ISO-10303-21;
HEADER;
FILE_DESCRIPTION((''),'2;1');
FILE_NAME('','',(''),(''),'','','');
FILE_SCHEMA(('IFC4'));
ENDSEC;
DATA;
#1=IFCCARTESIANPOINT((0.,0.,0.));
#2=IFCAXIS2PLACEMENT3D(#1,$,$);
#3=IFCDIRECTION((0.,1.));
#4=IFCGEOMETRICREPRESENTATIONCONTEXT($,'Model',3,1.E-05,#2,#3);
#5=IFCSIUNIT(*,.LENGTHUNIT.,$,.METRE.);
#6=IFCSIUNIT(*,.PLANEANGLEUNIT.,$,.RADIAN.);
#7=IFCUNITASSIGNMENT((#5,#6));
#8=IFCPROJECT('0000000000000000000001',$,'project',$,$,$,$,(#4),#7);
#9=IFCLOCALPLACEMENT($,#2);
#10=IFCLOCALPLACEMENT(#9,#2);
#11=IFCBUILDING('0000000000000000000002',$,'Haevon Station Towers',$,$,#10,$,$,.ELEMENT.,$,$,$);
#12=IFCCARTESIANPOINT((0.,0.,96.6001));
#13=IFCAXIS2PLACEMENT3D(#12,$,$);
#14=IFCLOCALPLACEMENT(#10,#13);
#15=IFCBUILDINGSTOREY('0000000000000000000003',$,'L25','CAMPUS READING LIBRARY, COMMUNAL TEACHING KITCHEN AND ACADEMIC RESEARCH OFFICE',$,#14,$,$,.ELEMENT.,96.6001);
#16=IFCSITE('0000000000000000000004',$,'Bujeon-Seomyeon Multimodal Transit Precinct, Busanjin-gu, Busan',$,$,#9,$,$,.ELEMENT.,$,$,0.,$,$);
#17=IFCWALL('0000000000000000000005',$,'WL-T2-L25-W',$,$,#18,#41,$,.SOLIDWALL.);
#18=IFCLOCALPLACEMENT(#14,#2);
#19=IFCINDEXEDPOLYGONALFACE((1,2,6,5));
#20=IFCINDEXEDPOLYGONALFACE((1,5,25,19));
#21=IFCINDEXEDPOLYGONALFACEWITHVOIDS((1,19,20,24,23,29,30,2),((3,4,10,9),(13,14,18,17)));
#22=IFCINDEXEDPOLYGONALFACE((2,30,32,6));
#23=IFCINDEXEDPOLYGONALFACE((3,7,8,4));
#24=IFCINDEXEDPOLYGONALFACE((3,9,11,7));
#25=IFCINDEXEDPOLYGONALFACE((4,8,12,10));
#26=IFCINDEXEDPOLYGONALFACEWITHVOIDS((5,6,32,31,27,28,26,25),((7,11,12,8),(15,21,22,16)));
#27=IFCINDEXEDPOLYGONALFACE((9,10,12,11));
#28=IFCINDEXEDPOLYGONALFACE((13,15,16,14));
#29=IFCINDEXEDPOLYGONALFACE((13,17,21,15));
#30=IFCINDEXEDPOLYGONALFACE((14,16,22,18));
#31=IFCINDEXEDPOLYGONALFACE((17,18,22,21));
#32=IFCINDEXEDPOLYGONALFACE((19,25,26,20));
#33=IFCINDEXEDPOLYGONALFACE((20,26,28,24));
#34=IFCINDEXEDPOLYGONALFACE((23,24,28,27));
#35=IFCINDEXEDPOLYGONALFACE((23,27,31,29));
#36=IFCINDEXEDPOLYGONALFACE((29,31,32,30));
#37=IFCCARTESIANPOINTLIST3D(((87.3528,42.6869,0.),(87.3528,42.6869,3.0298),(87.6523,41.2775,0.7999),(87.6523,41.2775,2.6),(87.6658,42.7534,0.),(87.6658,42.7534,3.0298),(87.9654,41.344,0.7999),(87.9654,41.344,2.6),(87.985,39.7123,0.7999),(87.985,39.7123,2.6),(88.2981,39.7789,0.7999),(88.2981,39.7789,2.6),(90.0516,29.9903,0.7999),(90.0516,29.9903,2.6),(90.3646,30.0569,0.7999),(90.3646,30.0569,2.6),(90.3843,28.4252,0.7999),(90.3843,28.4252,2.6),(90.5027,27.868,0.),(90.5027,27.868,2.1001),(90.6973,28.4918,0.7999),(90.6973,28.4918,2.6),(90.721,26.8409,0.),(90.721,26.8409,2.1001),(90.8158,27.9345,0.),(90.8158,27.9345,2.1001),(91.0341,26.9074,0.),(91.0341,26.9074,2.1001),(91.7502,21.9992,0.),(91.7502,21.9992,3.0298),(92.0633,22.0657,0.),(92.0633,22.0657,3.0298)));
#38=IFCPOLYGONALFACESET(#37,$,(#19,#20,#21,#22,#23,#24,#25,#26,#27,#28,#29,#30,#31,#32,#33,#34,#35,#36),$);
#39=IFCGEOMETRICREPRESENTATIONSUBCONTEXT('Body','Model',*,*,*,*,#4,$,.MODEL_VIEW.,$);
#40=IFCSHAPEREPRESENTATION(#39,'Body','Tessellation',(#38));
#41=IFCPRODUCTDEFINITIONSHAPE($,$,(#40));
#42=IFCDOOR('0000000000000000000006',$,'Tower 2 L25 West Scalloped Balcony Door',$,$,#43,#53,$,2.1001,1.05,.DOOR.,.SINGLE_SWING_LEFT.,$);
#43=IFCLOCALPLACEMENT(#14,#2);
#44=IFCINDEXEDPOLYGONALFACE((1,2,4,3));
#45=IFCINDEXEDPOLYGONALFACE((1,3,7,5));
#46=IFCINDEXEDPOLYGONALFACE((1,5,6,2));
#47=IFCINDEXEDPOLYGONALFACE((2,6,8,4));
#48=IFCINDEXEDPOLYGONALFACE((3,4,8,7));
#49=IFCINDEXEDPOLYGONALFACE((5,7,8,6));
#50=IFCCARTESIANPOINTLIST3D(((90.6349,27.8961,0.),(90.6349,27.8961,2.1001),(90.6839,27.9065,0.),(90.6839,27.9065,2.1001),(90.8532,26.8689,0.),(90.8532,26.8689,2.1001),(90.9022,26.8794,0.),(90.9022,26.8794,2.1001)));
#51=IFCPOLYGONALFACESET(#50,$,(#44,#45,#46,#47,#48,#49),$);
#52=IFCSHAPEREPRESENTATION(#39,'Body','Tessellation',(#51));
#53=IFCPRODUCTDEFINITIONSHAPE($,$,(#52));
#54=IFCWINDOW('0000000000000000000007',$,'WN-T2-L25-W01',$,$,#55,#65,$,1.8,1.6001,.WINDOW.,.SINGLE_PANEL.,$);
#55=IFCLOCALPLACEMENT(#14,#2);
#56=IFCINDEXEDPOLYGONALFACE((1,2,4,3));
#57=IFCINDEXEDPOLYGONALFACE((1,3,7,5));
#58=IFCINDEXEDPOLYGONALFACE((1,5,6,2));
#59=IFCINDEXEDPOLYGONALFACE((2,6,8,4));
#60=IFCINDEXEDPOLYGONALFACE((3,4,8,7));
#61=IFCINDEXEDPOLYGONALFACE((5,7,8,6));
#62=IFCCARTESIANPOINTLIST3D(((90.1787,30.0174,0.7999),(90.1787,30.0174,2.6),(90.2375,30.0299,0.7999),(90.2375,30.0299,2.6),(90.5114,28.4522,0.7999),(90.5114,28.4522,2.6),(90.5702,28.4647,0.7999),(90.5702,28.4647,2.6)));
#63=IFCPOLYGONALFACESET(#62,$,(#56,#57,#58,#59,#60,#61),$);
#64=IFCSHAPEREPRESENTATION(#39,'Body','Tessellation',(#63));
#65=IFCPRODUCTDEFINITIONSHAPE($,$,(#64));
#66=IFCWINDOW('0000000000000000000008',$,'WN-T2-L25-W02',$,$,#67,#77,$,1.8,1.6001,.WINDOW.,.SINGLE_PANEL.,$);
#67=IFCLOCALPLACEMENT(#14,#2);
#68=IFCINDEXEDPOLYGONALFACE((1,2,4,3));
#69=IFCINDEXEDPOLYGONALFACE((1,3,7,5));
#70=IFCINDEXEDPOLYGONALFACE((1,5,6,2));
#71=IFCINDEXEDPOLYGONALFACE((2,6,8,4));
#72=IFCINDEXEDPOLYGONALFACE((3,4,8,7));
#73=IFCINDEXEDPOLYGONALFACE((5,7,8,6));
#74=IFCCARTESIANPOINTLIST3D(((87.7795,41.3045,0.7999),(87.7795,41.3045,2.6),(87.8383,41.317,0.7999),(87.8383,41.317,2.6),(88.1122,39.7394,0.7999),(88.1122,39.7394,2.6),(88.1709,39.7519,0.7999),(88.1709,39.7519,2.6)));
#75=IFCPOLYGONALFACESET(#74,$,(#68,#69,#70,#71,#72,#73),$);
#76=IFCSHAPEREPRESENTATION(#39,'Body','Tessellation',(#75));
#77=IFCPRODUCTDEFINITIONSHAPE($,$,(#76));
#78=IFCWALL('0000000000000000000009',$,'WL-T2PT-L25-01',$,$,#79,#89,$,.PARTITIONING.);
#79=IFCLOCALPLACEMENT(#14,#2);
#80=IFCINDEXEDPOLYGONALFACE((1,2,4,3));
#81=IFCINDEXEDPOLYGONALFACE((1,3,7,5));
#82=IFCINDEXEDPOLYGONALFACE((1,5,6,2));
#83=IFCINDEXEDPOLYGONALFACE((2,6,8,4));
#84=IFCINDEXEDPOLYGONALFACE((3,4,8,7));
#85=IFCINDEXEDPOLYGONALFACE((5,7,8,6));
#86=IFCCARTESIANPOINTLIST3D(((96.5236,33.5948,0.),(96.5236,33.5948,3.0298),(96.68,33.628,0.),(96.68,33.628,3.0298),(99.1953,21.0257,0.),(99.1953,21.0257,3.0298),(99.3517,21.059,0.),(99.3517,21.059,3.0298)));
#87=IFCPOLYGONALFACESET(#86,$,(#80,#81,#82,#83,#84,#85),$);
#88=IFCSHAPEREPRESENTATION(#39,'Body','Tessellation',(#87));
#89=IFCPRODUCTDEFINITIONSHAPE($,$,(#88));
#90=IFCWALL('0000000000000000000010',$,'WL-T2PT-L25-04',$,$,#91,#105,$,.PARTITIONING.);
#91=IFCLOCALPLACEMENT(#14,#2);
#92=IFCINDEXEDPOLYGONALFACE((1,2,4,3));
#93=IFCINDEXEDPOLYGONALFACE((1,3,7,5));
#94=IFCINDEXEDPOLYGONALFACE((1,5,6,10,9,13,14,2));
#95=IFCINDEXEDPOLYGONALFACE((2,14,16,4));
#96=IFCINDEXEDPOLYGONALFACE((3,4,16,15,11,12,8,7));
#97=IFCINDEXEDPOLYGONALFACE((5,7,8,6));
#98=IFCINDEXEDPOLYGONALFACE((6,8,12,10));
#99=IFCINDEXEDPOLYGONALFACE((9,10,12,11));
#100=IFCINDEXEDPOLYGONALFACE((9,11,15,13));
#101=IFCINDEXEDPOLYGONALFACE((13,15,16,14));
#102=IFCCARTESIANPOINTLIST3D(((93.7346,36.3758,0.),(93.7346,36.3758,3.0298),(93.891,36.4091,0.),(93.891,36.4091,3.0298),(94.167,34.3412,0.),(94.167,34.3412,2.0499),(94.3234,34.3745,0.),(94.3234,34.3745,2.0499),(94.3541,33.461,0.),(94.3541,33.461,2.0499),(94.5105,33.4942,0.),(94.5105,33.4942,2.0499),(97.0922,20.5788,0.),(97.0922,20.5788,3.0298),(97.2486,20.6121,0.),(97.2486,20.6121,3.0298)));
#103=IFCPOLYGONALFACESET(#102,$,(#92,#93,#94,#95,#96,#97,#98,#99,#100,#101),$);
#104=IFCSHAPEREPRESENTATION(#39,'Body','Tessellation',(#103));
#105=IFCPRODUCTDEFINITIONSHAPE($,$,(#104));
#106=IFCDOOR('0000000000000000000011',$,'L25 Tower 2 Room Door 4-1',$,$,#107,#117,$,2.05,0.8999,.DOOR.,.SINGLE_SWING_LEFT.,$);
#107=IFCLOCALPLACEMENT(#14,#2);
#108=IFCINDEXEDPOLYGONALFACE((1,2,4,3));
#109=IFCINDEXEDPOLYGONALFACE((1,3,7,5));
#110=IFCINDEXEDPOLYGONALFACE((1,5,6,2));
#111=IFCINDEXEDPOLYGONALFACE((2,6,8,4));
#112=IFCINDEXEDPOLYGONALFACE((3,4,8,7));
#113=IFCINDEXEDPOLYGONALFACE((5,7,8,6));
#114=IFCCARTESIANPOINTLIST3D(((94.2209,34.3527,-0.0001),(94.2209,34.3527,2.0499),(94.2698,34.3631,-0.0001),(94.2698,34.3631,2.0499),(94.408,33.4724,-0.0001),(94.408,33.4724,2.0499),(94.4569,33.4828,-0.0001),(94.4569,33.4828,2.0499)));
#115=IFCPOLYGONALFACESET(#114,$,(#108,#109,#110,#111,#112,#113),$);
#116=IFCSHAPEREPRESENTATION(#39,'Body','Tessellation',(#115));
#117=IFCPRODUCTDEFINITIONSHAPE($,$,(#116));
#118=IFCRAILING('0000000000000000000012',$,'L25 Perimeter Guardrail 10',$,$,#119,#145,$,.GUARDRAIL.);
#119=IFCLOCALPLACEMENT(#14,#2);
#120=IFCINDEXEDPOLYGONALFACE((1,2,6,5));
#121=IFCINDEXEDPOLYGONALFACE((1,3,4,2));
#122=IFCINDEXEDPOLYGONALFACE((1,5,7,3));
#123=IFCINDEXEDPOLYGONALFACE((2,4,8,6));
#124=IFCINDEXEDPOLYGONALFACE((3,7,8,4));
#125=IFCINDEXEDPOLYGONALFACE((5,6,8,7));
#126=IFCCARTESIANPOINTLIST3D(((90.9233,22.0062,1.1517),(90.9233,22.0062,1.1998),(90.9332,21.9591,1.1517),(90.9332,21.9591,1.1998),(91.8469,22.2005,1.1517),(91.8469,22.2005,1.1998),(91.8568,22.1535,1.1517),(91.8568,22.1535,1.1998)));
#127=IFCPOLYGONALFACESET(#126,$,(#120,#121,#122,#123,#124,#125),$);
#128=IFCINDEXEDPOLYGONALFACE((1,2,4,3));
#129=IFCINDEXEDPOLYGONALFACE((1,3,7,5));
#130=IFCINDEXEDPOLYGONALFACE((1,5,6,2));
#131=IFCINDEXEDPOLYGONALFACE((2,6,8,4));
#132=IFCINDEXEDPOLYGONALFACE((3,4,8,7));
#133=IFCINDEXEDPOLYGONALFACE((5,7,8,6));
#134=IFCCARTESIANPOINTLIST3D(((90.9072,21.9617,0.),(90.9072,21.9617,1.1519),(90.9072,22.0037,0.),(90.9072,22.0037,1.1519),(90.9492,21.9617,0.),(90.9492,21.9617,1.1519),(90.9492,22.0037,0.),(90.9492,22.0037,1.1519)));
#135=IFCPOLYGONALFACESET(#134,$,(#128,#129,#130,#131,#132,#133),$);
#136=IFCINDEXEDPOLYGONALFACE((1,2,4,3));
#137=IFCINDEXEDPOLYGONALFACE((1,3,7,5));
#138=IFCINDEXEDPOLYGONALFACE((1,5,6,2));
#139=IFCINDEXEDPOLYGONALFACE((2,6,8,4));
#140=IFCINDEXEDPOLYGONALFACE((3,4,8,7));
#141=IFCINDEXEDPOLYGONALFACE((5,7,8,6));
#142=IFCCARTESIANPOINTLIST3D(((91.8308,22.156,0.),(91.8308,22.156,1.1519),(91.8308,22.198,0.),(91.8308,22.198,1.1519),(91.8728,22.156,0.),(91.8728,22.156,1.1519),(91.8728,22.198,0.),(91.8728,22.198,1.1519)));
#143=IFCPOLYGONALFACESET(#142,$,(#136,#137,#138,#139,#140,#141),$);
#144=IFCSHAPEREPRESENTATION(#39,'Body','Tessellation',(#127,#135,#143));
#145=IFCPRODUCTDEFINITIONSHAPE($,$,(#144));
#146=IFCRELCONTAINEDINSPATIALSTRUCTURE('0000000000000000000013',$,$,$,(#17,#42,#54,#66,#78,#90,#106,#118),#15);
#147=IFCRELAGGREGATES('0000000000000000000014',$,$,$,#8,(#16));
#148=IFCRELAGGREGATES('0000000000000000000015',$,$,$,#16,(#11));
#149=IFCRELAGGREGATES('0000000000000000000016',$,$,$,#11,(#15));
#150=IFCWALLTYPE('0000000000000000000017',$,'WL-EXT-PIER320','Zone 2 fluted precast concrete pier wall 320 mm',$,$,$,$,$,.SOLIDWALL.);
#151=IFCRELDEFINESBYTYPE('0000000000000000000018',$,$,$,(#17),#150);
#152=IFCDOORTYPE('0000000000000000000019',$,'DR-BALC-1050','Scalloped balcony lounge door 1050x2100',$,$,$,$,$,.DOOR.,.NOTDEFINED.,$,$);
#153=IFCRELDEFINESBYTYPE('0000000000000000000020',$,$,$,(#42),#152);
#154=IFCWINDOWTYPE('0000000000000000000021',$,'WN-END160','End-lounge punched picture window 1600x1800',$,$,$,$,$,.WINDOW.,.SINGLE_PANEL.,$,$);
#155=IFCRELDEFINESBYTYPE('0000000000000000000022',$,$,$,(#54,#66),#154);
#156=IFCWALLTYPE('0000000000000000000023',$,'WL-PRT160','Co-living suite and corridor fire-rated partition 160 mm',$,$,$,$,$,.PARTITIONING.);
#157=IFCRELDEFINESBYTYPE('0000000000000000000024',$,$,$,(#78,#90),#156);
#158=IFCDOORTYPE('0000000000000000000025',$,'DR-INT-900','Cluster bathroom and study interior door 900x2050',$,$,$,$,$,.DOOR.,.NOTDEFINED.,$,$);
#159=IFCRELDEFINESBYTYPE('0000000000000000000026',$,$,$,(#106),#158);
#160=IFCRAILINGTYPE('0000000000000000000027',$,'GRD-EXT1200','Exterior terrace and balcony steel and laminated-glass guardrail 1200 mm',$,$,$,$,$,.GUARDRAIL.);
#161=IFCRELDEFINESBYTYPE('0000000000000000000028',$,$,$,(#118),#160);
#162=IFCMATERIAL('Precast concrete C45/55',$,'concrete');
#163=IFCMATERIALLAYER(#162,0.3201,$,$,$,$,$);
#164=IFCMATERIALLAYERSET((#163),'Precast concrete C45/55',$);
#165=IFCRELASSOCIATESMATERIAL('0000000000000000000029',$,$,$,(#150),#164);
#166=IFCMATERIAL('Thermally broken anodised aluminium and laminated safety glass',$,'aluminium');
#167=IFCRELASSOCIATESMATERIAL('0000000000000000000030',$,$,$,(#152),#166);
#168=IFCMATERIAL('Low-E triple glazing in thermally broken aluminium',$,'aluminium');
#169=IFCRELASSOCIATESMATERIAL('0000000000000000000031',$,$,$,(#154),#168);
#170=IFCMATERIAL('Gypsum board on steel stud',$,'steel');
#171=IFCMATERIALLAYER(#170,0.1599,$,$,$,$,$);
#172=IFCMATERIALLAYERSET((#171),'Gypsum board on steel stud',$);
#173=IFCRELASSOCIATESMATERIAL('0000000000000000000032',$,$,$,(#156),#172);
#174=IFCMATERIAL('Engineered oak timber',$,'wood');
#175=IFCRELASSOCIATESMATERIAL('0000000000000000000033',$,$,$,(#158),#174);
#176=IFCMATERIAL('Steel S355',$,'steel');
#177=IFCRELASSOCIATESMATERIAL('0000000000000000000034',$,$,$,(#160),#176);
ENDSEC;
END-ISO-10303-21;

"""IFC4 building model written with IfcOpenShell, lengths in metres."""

from ifc_helpers import new_model, si_unit, direction, frame, frame_2d, origin, origin_2d, place, context, subcontext, project, spatial, rectangle, extrude, material, layer, layer_set, type_object, element, fill, save


model = new_model("IFC4")

# Units and contexts
model_context = context("Model", 3, precision=1e-05, world=origin(), true_north=direction((0.0, 1.0)))
body_context = subcontext(model_context, "Body", "Model", "MODEL_VIEW")
ifc_project = project(units=[si_unit("LENGTHUNIT", "METRE"), si_unit("PLANEANGLEUNIT", "RADIAN")], contexts=[model_context])

# Site, building, storey
site_placement = place(None, origin())
site = spatial("IfcSite", under=ifc_project, at=site_placement, Name="Bujeon-Seomyeon Multimodal Transit Precinct, Busanjin-gu, Busan", CompositionType="ELEMENT", RefElevation=0.0)
building_placement = place(site_placement, origin())
building = spatial("IfcBuilding", under=site, at=building_placement, Name="Haevon Station Towers", CompositionType="ELEMENT")
storey_placement = place(building_placement, frame((0.0, 0.0, 96.6001)))
storey = spatial("IfcBuildingStorey", under=building, at=storey_placement, Name="L25", Description="CAMPUS READING LIBRARY, COMMUNAL TEACHING KITCHEN AND ACADEMIC RESEARCH OFFICE", CompositionType="ELEMENT", Elevation=96.6001)

# Shared definitions
ifc_material_1 = material(Name="Steel S355", Category="steel")

# Shared definitions
ifc_material_2 = material(Name="Precast concrete C45/55", Category="concrete")
ifc_layer_1 = layer(ifc_material_2, 0.3201)
ifc_layer_set_1 = layer_set([ifc_layer_1], Name="Precast concrete C45/55")
wall_type_1 = type_object("IfcWallType", Name="WL-EXT-PIER320", Description="Zone 2 fluted precast concrete pier wall 320 mm", PredefinedType="SOLIDWALL", material=ifc_layer_set_1)

# Wall, openings, door, windows
wall_1_placement = place(storey_placement, frame((91.9067, 22.0325, 0.0), z_axis=(0.0, 0.0, 1.0), x_axis=(-0.207918, 0.978146, 0.0)))
wall_1 = element("IfcWall", 1, at=wall_1_placement, inside=storey, type_object=wall_type_1, Name="WL-T2-L25-W", PredefinedType="SOLIDWALL", context=body_context, shape_type="SweptSolid", body=[
    extrude(rectangle(XDim=21.1499, YDim=0.3201, at=frame_2d((10.575, 0.0))), origin(), (0.0, 0.0, 1.0), 3.0298),
])
opening_1_placement = place(wall_1_placement, frame((4.95, 0.0, 0.0)))
opening_1 = element("IfcOpeningElement", 2, at=opening_1_placement, cuts=wall_1, PredefinedType="OPENING", context=body_context, shape_type="SweptSolid", body=[
    extrude(rectangle(XDim=1.05, YDim=2.1001, at=frame_2d((0.5249, 1.05))), frame((0.0, 0.1699, 0.0), z_axis=(0.0, -1.0, 0.0), x_axis=(1.0, 0.0, 0.0)), (0.0, 0.0, 1.0), 0.3401),
])
opening_2_placement = place(wall_1_placement, frame((6.5696, 0.0, 0.8)))
opening_2 = element("IfcOpeningElement", 3, at=opening_2_placement, cuts=wall_1, PredefinedType="OPENING", context=body_context, shape_type="SweptSolid", body=[
    extrude(rectangle(XDim=1.6001, YDim=1.8, at=frame_2d((0.8, 0.8999))), frame((0.0, 0.1699, 0.0), z_axis=(0.0, -1.0, 0.0), x_axis=(1.0, 0.0, 0.0)), (0.0, 0.0, 1.0), 0.3401),
])
opening_3_placement = place(wall_1_placement, frame((18.1089, 0.0, 0.8)))
opening_3 = element("IfcOpeningElement", 4, at=opening_3_placement, cuts=wall_1, PredefinedType="OPENING", context=body_context, shape_type="SweptSolid", body=[
    extrude(rectangle(XDim=1.6001, YDim=1.8, at=frame_2d((0.8, 0.8999))), frame((0.0, 0.1699, 0.0), z_axis=(0.0, -1.0, 0.0), x_axis=(1.0, 0.0, 0.0)), (0.0, 0.0, 1.0), 0.3401),
])
ifc_material_3 = material(Name="Thermally broken anodised aluminium and laminated safety glass", Category="aluminium")
door_type_1 = type_object("IfcDoorType", Name="DR-BALC-1050", Description="Scalloped balcony lounge door 1050x2100", OperationType="NOTDEFINED", PredefinedType="DOOR", material=ifc_material_3)
door_1_placement = place(opening_1_placement, origin())
door_1 = element("IfcDoor", 5, at=door_1_placement, inside=storey, type_object=door_type_1, Name="Tower 2 L25 West Scalloped Balcony Door", OperationType="SINGLE_SWING_LEFT", OverallHeight=2.1001, OverallWidth=1.05, PredefinedType="DOOR", context=body_context, shape_type="SweptSolid", body=[
    extrude(rectangle(XDim=1.05, YDim=2.1001, at=frame_2d((0.5249, 1.05))), frame((0.0, 0.0249, 0.0), z_axis=(0.0, -1.0, 0.0), x_axis=(1.0, 0.0, 0.0)), (0.0, 0.0, 1.0), 0.05),
])
fill(opening_1, door_1)
ifc_material_4 = material(Name="Low-E triple glazing in thermally broken aluminium", Category="aluminium")
window_type = type_object("IfcWindowType", Name="WN-END160", Description="End-lounge punched picture window 1600x1800", PartitioningType="SINGLE_PANEL", PredefinedType="WINDOW", material=ifc_material_4)
window_1_placement = place(opening_2_placement, origin())
window_1 = element("IfcWindow", 6, at=window_1_placement, inside=storey, type_object=window_type, Name="WN-T2-L25-W01", OverallHeight=1.8, OverallWidth=1.6001, PartitioningType="SINGLE_PANEL", PredefinedType="WINDOW", context=body_context, shape_type="SweptSolid", body=[
    extrude(rectangle(XDim=1.6001, YDim=1.8, at=frame_2d((0.8, 0.8999))), frame((0.0, 0.03, 0.0), z_axis=(0.0, -1.0, 0.0), x_axis=(1.0, 0.0, 0.0)), (0.0, 0.0, 1.0), 0.0601),
])
fill(opening_2, window_1)
window_2_placement = place(opening_3_placement, origin())
window_2 = element("IfcWindow", 7, at=window_2_placement, inside=storey, type_object=window_type, Name="WN-T2-L25-W02", OverallHeight=1.8, OverallWidth=1.6001, PartitioningType="SINGLE_PANEL", PredefinedType="WINDOW", context=body_context, shape_type="SweptSolid", body=[
    extrude(rectangle(XDim=1.6001, YDim=1.8, at=frame_2d((0.8, 0.8999))), frame((0.0, 0.03, 0.0), z_axis=(0.0, -1.0, 0.0), x_axis=(1.0, 0.0, 0.0)), (0.0, 0.0, 1.0), 0.0601),
])
fill(opening_3, window_2)

# Wall
ifc_material_5 = material(Name="Gypsum board on steel stud", Category="steel")
ifc_layer_2 = layer(ifc_material_5, 0.1599)
ifc_layer_set_2 = layer_set([ifc_layer_2], Name="Gypsum board on steel stud")
wall_type_2 = type_object("IfcWallType", Name="WL-PRT160", Description="Co-living suite and corridor fire-rated partition 160 mm", PredefinedType="PARTITIONING", material=ifc_layer_set_2)
wall_2_placement = place(storey_placement, frame((99.2734, 21.0425, 0.0), z_axis=(0.0, 0.0, 1.0), x_axis=(-0.207911, 0.978148, 0.0)))
element("IfcWall", 8, at=wall_2_placement, inside=storey, type_object=wall_type_2, Name="WL-T2PT-L25-01", PredefinedType="PARTITIONING", context=body_context, shape_type="SweptSolid", body=[
    extrude(rectangle(XDim=12.8499, YDim=0.1599, at=frame_2d((6.4248, 0.0))), origin(), (0.0, 0.0, 1.0), 3.0298),
])

# Wall, opening, door
wall_3_placement = place(storey_placement, frame((97.1704, 20.5955, 0.0), z_axis=(0.0, 0.0, 1.0), x_axis=(-0.207905, 0.978149, 0.0)))
wall_3 = element("IfcWall", 9, at=wall_3_placement, inside=storey, type_object=wall_type_2, Name="WL-T2PT-L25-04", PredefinedType="PARTITIONING", context=body_context, shape_type="SweptSolid", body=[
    extrude(rectangle(XDim=16.1499, YDim=0.1599, at=frame_2d((8.075, 0.0))), origin(), (0.0, 0.0, 1.0), 3.0298),
])
opening_4_placement = place(wall_3_placement, frame((13.1699, 0.0, 0.0)))
opening_4 = element("IfcOpeningElement", 10, at=opening_4_placement, cuts=wall_3, PredefinedType="OPENING", context=body_context, shape_type="SweptSolid", body=[
    extrude(rectangle(XDim=0.8999, YDim=2.05, at=frame_2d((0.45, 1.0249))), frame((0.0, 0.0898, 0.0), z_axis=(0.0, -1.0, 0.0), x_axis=(1.0, 0.0, 0.0)), (0.0, 0.0, 1.0), 0.1799),
])
ifc_material_6 = material(Name="Engineered oak timber", Category="wood")
door_type_2 = type_object("IfcDoorType", Name="DR-INT-900", Description="Cluster bathroom and study interior door 900x2050", OperationType="NOTDEFINED", PredefinedType="DOOR", material=ifc_material_6)
door_2_placement = place(opening_4_placement, origin())
door_2 = element("IfcDoor", 11, at=door_2_placement, inside=storey, type_object=door_type_2, Name="L25 Tower 2 Room Door 4-1", OperationType="SINGLE_SWING_LEFT", OverallHeight=2.05, OverallWidth=0.8999, PredefinedType="DOOR", context=body_context, shape_type="SweptSolid", body=[
    extrude(rectangle(XDim=0.8999, YDim=2.05, at=frame_2d((0.45, 1.0249))), frame((0.0, 0.0249, 0.0), z_axis=(0.0, -1.0, 0.0), x_axis=(1.0, 0.0, 0.0)), (0.0, 0.0, 1.0), 0.05),
])
fill(opening_4, door_2)

# Railing
railing_type = type_object("IfcRailingType", Name="GRD-EXT1200", Description="Exterior terrace and balcony steel and laminated-glass guardrail 1200 mm", PredefinedType="GUARDRAIL", material=ifc_material_1)
railing_placement = place(storey_placement, frame((90.9282, 21.9827, 0.0)))
element("IfcRailing", 12, at=railing_placement, inside=storey, type_object=railing_type, Name="L25 Perimeter Guardrail 10", PredefinedType="GUARDRAIL", context=body_context, shape_type="SweptSolid", body=[
    extrude(rectangle(XDim=0.0481, YDim=0.0481, at=origin_2d()), frame((0.0, 0.0, 1.1758), z_axis=(0.978572, 0.205906, 0.0), x_axis=(-0.205906, 0.978572, 0.0)), (0.0, 0.0, 1.0), 0.9438),
    extrude(rectangle(XDim=0.042, YDim=0.042, at=origin_2d()), origin(), (0.0, 0.0, 1.0), 1.1519),
    extrude(rectangle(XDim=0.042, YDim=0.042, at=origin_2d()), frame((0.9236, 0.1943, 0.0)), (0.0, 0.0, 1.0), 1.1519),
])

save(model, "model.ifc")
